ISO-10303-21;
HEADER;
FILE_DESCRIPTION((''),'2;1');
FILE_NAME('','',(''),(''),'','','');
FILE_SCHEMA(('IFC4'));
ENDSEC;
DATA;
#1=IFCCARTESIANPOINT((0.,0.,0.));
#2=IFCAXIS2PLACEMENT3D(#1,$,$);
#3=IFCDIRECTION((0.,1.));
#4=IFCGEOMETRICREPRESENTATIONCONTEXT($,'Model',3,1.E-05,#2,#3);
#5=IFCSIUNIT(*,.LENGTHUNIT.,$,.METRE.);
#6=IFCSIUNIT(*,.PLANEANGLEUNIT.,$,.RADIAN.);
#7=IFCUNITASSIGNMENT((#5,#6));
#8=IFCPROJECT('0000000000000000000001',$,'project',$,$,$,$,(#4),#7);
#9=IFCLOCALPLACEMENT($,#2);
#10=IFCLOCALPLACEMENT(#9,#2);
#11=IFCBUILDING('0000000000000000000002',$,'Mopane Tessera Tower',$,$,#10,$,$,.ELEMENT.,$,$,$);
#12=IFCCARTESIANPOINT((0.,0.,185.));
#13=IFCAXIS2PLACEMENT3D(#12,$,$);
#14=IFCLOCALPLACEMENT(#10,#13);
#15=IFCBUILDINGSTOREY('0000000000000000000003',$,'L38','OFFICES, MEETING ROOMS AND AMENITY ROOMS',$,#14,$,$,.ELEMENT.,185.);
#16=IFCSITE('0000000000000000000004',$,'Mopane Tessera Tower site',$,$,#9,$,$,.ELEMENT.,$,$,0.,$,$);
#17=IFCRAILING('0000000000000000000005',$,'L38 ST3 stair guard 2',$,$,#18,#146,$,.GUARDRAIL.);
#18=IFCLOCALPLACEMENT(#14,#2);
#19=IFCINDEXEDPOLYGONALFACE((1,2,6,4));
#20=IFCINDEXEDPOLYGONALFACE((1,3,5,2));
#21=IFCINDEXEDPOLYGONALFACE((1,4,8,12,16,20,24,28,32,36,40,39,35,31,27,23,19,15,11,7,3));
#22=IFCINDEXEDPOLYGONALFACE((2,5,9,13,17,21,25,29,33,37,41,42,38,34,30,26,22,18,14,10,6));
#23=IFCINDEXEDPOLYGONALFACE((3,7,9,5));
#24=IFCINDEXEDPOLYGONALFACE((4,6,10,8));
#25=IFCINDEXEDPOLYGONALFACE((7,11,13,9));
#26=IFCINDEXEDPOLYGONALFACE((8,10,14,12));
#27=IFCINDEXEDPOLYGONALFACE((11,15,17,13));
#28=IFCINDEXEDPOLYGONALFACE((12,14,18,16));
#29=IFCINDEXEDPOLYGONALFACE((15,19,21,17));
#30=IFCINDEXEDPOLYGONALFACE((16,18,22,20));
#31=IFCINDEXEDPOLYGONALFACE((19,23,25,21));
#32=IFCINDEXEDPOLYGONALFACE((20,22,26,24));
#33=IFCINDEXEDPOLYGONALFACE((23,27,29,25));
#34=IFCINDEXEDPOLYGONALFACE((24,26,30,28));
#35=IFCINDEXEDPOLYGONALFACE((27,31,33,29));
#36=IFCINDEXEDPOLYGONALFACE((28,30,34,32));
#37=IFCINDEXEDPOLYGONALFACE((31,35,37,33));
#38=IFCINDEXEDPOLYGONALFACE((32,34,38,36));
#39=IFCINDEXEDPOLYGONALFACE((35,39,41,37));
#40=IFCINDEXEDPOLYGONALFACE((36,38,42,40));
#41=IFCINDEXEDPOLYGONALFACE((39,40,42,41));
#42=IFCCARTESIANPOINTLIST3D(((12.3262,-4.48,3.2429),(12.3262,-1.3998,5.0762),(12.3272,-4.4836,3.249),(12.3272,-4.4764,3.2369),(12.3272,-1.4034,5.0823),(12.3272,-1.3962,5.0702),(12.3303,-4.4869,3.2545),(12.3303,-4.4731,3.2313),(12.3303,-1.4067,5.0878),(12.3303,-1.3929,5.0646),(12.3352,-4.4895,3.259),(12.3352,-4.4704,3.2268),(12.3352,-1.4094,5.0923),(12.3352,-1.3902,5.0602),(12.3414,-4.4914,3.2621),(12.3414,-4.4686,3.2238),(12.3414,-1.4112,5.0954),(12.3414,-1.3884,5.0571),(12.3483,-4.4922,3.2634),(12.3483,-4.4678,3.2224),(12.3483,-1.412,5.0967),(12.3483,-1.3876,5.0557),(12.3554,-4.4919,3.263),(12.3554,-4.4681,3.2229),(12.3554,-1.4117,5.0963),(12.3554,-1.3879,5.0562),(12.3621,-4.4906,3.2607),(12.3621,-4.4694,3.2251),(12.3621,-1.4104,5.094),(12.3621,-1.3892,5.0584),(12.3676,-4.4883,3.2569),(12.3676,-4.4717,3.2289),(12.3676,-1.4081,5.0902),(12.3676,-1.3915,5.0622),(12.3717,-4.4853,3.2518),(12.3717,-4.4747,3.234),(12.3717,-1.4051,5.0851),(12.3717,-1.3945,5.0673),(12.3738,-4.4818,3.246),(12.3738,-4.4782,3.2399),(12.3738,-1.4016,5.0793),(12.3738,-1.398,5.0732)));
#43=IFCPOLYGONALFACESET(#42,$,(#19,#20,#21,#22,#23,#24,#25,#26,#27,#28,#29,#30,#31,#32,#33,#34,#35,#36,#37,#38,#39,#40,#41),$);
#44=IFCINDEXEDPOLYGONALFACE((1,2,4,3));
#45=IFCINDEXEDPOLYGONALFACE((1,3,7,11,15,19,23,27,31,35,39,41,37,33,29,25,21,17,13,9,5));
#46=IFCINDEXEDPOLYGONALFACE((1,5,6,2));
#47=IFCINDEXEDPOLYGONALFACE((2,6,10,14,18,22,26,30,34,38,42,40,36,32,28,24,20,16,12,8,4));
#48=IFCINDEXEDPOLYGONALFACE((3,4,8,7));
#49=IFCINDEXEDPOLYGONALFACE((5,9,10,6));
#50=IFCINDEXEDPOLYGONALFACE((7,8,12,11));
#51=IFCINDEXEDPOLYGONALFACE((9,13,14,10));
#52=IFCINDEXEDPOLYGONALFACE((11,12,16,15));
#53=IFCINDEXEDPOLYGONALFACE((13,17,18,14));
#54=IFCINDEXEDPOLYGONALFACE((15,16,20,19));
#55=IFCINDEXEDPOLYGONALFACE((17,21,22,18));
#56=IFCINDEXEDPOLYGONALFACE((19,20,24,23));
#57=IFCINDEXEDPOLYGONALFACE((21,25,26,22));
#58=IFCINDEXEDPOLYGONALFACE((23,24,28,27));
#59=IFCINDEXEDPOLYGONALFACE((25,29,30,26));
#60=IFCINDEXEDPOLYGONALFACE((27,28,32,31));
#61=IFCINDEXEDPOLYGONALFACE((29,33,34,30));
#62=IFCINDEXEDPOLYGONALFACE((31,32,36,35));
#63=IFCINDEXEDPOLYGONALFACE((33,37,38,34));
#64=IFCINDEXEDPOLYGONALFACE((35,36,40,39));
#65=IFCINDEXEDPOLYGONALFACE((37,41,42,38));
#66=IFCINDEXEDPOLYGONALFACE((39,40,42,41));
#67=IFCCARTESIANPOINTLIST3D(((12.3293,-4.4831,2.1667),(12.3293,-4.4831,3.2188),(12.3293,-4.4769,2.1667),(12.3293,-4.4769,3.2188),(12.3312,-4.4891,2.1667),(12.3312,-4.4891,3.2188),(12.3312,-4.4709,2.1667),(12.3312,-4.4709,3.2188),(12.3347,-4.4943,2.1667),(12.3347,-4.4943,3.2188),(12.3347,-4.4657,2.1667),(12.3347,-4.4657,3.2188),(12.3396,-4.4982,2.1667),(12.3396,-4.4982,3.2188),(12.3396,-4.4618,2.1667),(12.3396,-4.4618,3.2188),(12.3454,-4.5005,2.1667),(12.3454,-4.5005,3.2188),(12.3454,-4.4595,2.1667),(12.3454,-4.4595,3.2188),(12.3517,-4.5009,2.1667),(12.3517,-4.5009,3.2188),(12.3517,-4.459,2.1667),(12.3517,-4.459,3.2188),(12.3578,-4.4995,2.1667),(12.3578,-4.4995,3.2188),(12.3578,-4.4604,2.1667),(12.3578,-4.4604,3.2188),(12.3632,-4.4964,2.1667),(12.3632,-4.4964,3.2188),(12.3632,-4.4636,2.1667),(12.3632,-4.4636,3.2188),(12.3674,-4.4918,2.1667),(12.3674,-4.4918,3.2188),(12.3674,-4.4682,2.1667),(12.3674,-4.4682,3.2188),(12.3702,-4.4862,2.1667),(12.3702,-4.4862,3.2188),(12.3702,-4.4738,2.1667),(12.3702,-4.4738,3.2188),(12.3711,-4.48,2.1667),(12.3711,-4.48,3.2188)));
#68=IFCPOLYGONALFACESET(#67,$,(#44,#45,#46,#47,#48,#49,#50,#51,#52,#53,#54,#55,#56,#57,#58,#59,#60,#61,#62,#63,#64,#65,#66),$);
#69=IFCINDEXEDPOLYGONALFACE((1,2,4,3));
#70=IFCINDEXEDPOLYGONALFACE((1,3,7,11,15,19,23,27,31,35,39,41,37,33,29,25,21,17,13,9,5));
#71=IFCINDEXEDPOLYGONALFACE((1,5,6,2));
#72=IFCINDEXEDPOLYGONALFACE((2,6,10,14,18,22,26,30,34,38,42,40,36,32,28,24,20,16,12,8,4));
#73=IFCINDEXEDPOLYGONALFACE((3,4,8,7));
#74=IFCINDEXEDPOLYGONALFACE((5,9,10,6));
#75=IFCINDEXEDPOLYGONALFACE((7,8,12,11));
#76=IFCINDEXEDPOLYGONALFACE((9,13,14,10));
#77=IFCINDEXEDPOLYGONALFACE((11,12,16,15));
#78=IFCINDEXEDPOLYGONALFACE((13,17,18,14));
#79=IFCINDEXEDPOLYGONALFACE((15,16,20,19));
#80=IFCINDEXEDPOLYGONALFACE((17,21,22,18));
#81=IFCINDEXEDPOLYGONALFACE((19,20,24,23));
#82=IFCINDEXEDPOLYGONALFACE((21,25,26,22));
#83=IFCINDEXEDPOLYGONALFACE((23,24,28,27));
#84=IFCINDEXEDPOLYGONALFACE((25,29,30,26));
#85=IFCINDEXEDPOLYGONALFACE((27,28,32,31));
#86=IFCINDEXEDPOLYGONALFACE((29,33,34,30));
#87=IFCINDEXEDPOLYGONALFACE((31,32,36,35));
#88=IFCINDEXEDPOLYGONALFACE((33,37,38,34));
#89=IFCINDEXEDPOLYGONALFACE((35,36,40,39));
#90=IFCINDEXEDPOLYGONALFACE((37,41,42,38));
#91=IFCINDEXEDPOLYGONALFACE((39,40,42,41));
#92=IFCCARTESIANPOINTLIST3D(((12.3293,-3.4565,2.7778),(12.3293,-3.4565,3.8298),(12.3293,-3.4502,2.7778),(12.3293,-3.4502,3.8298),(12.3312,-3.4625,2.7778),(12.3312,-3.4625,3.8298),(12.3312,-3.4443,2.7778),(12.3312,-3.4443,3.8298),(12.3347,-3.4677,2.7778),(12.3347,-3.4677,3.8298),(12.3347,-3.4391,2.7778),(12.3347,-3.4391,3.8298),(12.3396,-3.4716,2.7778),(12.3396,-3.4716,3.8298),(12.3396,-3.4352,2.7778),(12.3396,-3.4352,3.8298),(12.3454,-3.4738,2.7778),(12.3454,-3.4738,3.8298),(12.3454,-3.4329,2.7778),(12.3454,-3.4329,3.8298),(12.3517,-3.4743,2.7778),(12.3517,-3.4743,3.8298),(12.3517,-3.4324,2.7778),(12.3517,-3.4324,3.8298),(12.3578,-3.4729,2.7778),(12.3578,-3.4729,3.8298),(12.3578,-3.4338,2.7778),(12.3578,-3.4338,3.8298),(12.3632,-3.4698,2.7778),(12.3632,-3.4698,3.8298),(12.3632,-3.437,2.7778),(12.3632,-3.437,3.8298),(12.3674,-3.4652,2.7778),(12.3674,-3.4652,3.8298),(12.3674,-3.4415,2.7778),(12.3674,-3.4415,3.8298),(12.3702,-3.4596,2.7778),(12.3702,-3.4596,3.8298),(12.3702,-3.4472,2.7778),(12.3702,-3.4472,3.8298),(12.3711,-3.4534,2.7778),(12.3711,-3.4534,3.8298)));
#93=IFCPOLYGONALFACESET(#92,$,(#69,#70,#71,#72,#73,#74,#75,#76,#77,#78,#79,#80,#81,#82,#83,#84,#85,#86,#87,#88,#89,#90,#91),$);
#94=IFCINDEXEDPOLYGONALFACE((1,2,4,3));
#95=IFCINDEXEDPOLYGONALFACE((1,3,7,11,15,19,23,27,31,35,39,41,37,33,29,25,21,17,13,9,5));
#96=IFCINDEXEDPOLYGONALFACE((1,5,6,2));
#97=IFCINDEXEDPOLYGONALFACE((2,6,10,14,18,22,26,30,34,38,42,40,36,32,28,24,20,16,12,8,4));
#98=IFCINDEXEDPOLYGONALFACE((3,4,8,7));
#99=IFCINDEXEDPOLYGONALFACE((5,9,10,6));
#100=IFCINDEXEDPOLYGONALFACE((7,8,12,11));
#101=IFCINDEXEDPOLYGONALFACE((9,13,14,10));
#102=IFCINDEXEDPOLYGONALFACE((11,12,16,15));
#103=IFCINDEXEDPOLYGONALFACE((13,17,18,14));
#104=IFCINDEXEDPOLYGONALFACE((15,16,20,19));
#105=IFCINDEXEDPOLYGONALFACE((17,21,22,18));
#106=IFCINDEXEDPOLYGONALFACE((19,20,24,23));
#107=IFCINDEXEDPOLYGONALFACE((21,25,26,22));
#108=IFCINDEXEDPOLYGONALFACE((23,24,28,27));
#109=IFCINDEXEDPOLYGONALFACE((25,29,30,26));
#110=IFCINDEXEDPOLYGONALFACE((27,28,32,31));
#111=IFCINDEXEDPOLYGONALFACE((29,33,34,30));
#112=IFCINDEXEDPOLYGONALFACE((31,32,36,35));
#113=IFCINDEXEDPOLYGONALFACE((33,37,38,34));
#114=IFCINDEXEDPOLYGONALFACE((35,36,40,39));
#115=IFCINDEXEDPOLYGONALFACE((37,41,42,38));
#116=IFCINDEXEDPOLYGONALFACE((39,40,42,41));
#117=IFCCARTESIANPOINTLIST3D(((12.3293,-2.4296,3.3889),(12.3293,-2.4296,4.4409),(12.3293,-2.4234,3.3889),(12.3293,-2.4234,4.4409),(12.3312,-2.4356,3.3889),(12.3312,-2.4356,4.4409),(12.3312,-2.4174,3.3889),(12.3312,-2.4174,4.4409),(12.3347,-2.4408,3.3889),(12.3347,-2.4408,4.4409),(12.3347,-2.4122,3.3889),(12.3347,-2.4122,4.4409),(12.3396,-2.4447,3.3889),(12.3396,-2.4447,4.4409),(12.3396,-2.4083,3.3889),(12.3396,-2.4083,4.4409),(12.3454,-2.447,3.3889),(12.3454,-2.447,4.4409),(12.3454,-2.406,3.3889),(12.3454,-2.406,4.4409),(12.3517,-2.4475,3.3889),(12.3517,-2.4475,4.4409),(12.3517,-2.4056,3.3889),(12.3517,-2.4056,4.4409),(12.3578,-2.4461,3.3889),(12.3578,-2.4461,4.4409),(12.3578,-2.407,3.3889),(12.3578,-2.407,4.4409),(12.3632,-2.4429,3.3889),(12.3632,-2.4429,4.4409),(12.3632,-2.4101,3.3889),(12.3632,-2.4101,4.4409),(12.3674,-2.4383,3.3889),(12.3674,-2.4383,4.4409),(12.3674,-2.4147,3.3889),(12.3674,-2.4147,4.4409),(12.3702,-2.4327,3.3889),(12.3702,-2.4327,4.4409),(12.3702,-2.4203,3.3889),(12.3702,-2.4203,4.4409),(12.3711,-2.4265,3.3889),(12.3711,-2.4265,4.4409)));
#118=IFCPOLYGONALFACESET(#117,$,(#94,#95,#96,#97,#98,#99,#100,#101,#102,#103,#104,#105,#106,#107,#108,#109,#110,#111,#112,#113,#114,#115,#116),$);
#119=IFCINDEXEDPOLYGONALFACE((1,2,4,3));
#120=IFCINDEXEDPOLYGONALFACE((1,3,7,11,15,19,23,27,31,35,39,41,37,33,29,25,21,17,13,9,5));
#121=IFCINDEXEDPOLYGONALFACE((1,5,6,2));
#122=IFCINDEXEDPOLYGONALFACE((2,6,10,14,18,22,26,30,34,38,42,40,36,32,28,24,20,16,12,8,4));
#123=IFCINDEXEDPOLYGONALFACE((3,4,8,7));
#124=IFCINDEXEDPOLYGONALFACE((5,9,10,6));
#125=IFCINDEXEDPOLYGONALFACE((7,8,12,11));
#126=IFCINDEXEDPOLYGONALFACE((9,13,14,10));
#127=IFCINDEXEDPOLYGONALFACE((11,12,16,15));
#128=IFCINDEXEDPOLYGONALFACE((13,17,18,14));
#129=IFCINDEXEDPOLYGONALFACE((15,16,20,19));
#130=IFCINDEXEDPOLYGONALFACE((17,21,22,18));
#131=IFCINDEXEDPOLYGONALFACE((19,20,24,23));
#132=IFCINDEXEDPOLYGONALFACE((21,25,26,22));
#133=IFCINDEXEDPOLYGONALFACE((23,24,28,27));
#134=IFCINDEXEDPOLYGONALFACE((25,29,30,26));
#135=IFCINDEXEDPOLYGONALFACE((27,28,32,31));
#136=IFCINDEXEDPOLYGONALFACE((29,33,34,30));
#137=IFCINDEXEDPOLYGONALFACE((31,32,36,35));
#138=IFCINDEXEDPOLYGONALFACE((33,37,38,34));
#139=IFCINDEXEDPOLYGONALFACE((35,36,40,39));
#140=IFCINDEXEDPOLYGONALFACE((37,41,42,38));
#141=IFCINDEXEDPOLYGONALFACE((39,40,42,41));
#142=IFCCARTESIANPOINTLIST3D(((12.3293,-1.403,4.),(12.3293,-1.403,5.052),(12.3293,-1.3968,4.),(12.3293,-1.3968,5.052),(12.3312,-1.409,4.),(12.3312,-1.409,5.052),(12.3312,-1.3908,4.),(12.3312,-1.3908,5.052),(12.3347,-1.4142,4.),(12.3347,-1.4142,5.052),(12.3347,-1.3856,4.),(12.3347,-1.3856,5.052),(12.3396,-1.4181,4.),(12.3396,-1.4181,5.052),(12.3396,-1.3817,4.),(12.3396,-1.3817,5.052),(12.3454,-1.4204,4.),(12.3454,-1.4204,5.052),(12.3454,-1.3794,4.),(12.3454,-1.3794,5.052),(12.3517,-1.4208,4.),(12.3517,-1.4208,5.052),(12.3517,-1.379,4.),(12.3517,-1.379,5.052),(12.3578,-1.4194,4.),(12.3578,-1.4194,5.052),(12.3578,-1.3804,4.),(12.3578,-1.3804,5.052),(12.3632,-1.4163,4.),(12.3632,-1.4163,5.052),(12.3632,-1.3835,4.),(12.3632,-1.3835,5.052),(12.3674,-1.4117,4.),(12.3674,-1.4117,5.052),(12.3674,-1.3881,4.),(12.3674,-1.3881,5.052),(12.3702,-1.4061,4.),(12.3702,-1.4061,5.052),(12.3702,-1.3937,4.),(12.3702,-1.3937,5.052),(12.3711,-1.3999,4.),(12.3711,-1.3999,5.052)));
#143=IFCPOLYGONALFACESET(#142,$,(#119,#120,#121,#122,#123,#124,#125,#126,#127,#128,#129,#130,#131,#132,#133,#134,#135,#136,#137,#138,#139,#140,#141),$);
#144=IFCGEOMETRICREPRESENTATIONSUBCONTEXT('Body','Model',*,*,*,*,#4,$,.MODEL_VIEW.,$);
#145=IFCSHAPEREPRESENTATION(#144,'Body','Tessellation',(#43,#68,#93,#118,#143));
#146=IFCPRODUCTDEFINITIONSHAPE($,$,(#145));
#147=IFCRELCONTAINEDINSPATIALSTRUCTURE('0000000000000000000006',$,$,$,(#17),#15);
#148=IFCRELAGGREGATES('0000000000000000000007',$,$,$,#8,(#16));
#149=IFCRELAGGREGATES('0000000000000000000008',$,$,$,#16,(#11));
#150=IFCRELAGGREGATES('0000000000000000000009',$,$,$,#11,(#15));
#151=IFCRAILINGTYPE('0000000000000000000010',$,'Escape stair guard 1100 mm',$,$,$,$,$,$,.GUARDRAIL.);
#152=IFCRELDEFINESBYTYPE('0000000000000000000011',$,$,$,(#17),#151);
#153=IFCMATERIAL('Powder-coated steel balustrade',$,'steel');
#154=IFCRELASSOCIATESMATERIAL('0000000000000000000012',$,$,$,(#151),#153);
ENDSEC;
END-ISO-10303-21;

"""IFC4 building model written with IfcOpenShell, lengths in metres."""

from ifc_helpers import new_model, si_unit, direction, frame, origin, origin_2d, place, context, subcontext, project, spatial, circle, extrude, material, type_object, element, save


model = new_model("IFC4")

# Units and contexts
model_context = context("Model", 3, precision=1e-05, world=origin(), true_north=direction((0.0, 1.0)))
body_context = subcontext(model_context, "Body", "Model", "MODEL_VIEW")
ifc_project = project(units=[si_unit("LENGTHUNIT", "METRE"), si_unit("PLANEANGLEUNIT", "RADIAN")], contexts=[model_context])

# Site, building, storey
site_placement = place(None, origin())
site = spatial("IfcSite", under=ifc_project, at=site_placement, Name="Mopane Tessera Tower site", CompositionType="ELEMENT", RefElevation=0.0)
building_placement = place(site_placement, origin())
building = spatial("IfcBuilding", under=site, at=building_placement, Name="Mopane Tessera Tower", CompositionType="ELEMENT")
storey_placement = place(building_placement, frame((0.0, 0.0, 185.0)))
storey = spatial("IfcBuildingStorey", under=building, at=storey_placement, Name="L38", Description="OFFICES, MEETING ROOMS AND AMENITY ROOMS", CompositionType="ELEMENT", Elevation=185.0)

# Railing
ifc_material_1 = material(Name="Powder-coated steel balustrade", Category="steel")
railing_type_1 = type_object("IfcRailingType", Name="Escape stair guard 1100 mm", PredefinedType="GUARDRAIL", material=ifc_material_1)
railing_1_placement = place(storey_placement, frame((12.3501, -4.48, 2.1667)))
element("IfcRailing", 1, at=railing_1_placement, inside=storey, type_object=railing_type_1, Name="L38 ST3 stair guard 2", PredefinedType="GUARDRAIL", context=body_context, shape_type="SweptSolid", body=[
    extrude(circle(Radius=0.0239, at=origin_2d()), frame((0.0, 0.0, 1.0762), z_axis=(0.0, 0.859309, 0.511458), x_axis=(-1.0, 0.0, 0.0)), (0.0, 0.0, 1.0), 3.5845),
    extrude(circle(Radius=0.021, at=origin_2d()), origin(), (0.0, 0.0, 1.0), 1.052),
    extrude(circle(Radius=0.021, at=origin_2d()), frame((0.0, 1.0266, 0.6111)), (0.0, 0.0, 1.0), 1.052),
    extrude(circle(Radius=0.021, at=origin_2d()), frame((0.0, 2.0535, 1.2222)), (0.0, 0.0, 1.0), 1.052),
    extrude(circle(Radius=0.021, at=origin_2d()), frame((0.0, 3.0801, 1.8333)), (0.0, 0.0, 1.0), 1.052),
])

save(model, "model.ifc")
